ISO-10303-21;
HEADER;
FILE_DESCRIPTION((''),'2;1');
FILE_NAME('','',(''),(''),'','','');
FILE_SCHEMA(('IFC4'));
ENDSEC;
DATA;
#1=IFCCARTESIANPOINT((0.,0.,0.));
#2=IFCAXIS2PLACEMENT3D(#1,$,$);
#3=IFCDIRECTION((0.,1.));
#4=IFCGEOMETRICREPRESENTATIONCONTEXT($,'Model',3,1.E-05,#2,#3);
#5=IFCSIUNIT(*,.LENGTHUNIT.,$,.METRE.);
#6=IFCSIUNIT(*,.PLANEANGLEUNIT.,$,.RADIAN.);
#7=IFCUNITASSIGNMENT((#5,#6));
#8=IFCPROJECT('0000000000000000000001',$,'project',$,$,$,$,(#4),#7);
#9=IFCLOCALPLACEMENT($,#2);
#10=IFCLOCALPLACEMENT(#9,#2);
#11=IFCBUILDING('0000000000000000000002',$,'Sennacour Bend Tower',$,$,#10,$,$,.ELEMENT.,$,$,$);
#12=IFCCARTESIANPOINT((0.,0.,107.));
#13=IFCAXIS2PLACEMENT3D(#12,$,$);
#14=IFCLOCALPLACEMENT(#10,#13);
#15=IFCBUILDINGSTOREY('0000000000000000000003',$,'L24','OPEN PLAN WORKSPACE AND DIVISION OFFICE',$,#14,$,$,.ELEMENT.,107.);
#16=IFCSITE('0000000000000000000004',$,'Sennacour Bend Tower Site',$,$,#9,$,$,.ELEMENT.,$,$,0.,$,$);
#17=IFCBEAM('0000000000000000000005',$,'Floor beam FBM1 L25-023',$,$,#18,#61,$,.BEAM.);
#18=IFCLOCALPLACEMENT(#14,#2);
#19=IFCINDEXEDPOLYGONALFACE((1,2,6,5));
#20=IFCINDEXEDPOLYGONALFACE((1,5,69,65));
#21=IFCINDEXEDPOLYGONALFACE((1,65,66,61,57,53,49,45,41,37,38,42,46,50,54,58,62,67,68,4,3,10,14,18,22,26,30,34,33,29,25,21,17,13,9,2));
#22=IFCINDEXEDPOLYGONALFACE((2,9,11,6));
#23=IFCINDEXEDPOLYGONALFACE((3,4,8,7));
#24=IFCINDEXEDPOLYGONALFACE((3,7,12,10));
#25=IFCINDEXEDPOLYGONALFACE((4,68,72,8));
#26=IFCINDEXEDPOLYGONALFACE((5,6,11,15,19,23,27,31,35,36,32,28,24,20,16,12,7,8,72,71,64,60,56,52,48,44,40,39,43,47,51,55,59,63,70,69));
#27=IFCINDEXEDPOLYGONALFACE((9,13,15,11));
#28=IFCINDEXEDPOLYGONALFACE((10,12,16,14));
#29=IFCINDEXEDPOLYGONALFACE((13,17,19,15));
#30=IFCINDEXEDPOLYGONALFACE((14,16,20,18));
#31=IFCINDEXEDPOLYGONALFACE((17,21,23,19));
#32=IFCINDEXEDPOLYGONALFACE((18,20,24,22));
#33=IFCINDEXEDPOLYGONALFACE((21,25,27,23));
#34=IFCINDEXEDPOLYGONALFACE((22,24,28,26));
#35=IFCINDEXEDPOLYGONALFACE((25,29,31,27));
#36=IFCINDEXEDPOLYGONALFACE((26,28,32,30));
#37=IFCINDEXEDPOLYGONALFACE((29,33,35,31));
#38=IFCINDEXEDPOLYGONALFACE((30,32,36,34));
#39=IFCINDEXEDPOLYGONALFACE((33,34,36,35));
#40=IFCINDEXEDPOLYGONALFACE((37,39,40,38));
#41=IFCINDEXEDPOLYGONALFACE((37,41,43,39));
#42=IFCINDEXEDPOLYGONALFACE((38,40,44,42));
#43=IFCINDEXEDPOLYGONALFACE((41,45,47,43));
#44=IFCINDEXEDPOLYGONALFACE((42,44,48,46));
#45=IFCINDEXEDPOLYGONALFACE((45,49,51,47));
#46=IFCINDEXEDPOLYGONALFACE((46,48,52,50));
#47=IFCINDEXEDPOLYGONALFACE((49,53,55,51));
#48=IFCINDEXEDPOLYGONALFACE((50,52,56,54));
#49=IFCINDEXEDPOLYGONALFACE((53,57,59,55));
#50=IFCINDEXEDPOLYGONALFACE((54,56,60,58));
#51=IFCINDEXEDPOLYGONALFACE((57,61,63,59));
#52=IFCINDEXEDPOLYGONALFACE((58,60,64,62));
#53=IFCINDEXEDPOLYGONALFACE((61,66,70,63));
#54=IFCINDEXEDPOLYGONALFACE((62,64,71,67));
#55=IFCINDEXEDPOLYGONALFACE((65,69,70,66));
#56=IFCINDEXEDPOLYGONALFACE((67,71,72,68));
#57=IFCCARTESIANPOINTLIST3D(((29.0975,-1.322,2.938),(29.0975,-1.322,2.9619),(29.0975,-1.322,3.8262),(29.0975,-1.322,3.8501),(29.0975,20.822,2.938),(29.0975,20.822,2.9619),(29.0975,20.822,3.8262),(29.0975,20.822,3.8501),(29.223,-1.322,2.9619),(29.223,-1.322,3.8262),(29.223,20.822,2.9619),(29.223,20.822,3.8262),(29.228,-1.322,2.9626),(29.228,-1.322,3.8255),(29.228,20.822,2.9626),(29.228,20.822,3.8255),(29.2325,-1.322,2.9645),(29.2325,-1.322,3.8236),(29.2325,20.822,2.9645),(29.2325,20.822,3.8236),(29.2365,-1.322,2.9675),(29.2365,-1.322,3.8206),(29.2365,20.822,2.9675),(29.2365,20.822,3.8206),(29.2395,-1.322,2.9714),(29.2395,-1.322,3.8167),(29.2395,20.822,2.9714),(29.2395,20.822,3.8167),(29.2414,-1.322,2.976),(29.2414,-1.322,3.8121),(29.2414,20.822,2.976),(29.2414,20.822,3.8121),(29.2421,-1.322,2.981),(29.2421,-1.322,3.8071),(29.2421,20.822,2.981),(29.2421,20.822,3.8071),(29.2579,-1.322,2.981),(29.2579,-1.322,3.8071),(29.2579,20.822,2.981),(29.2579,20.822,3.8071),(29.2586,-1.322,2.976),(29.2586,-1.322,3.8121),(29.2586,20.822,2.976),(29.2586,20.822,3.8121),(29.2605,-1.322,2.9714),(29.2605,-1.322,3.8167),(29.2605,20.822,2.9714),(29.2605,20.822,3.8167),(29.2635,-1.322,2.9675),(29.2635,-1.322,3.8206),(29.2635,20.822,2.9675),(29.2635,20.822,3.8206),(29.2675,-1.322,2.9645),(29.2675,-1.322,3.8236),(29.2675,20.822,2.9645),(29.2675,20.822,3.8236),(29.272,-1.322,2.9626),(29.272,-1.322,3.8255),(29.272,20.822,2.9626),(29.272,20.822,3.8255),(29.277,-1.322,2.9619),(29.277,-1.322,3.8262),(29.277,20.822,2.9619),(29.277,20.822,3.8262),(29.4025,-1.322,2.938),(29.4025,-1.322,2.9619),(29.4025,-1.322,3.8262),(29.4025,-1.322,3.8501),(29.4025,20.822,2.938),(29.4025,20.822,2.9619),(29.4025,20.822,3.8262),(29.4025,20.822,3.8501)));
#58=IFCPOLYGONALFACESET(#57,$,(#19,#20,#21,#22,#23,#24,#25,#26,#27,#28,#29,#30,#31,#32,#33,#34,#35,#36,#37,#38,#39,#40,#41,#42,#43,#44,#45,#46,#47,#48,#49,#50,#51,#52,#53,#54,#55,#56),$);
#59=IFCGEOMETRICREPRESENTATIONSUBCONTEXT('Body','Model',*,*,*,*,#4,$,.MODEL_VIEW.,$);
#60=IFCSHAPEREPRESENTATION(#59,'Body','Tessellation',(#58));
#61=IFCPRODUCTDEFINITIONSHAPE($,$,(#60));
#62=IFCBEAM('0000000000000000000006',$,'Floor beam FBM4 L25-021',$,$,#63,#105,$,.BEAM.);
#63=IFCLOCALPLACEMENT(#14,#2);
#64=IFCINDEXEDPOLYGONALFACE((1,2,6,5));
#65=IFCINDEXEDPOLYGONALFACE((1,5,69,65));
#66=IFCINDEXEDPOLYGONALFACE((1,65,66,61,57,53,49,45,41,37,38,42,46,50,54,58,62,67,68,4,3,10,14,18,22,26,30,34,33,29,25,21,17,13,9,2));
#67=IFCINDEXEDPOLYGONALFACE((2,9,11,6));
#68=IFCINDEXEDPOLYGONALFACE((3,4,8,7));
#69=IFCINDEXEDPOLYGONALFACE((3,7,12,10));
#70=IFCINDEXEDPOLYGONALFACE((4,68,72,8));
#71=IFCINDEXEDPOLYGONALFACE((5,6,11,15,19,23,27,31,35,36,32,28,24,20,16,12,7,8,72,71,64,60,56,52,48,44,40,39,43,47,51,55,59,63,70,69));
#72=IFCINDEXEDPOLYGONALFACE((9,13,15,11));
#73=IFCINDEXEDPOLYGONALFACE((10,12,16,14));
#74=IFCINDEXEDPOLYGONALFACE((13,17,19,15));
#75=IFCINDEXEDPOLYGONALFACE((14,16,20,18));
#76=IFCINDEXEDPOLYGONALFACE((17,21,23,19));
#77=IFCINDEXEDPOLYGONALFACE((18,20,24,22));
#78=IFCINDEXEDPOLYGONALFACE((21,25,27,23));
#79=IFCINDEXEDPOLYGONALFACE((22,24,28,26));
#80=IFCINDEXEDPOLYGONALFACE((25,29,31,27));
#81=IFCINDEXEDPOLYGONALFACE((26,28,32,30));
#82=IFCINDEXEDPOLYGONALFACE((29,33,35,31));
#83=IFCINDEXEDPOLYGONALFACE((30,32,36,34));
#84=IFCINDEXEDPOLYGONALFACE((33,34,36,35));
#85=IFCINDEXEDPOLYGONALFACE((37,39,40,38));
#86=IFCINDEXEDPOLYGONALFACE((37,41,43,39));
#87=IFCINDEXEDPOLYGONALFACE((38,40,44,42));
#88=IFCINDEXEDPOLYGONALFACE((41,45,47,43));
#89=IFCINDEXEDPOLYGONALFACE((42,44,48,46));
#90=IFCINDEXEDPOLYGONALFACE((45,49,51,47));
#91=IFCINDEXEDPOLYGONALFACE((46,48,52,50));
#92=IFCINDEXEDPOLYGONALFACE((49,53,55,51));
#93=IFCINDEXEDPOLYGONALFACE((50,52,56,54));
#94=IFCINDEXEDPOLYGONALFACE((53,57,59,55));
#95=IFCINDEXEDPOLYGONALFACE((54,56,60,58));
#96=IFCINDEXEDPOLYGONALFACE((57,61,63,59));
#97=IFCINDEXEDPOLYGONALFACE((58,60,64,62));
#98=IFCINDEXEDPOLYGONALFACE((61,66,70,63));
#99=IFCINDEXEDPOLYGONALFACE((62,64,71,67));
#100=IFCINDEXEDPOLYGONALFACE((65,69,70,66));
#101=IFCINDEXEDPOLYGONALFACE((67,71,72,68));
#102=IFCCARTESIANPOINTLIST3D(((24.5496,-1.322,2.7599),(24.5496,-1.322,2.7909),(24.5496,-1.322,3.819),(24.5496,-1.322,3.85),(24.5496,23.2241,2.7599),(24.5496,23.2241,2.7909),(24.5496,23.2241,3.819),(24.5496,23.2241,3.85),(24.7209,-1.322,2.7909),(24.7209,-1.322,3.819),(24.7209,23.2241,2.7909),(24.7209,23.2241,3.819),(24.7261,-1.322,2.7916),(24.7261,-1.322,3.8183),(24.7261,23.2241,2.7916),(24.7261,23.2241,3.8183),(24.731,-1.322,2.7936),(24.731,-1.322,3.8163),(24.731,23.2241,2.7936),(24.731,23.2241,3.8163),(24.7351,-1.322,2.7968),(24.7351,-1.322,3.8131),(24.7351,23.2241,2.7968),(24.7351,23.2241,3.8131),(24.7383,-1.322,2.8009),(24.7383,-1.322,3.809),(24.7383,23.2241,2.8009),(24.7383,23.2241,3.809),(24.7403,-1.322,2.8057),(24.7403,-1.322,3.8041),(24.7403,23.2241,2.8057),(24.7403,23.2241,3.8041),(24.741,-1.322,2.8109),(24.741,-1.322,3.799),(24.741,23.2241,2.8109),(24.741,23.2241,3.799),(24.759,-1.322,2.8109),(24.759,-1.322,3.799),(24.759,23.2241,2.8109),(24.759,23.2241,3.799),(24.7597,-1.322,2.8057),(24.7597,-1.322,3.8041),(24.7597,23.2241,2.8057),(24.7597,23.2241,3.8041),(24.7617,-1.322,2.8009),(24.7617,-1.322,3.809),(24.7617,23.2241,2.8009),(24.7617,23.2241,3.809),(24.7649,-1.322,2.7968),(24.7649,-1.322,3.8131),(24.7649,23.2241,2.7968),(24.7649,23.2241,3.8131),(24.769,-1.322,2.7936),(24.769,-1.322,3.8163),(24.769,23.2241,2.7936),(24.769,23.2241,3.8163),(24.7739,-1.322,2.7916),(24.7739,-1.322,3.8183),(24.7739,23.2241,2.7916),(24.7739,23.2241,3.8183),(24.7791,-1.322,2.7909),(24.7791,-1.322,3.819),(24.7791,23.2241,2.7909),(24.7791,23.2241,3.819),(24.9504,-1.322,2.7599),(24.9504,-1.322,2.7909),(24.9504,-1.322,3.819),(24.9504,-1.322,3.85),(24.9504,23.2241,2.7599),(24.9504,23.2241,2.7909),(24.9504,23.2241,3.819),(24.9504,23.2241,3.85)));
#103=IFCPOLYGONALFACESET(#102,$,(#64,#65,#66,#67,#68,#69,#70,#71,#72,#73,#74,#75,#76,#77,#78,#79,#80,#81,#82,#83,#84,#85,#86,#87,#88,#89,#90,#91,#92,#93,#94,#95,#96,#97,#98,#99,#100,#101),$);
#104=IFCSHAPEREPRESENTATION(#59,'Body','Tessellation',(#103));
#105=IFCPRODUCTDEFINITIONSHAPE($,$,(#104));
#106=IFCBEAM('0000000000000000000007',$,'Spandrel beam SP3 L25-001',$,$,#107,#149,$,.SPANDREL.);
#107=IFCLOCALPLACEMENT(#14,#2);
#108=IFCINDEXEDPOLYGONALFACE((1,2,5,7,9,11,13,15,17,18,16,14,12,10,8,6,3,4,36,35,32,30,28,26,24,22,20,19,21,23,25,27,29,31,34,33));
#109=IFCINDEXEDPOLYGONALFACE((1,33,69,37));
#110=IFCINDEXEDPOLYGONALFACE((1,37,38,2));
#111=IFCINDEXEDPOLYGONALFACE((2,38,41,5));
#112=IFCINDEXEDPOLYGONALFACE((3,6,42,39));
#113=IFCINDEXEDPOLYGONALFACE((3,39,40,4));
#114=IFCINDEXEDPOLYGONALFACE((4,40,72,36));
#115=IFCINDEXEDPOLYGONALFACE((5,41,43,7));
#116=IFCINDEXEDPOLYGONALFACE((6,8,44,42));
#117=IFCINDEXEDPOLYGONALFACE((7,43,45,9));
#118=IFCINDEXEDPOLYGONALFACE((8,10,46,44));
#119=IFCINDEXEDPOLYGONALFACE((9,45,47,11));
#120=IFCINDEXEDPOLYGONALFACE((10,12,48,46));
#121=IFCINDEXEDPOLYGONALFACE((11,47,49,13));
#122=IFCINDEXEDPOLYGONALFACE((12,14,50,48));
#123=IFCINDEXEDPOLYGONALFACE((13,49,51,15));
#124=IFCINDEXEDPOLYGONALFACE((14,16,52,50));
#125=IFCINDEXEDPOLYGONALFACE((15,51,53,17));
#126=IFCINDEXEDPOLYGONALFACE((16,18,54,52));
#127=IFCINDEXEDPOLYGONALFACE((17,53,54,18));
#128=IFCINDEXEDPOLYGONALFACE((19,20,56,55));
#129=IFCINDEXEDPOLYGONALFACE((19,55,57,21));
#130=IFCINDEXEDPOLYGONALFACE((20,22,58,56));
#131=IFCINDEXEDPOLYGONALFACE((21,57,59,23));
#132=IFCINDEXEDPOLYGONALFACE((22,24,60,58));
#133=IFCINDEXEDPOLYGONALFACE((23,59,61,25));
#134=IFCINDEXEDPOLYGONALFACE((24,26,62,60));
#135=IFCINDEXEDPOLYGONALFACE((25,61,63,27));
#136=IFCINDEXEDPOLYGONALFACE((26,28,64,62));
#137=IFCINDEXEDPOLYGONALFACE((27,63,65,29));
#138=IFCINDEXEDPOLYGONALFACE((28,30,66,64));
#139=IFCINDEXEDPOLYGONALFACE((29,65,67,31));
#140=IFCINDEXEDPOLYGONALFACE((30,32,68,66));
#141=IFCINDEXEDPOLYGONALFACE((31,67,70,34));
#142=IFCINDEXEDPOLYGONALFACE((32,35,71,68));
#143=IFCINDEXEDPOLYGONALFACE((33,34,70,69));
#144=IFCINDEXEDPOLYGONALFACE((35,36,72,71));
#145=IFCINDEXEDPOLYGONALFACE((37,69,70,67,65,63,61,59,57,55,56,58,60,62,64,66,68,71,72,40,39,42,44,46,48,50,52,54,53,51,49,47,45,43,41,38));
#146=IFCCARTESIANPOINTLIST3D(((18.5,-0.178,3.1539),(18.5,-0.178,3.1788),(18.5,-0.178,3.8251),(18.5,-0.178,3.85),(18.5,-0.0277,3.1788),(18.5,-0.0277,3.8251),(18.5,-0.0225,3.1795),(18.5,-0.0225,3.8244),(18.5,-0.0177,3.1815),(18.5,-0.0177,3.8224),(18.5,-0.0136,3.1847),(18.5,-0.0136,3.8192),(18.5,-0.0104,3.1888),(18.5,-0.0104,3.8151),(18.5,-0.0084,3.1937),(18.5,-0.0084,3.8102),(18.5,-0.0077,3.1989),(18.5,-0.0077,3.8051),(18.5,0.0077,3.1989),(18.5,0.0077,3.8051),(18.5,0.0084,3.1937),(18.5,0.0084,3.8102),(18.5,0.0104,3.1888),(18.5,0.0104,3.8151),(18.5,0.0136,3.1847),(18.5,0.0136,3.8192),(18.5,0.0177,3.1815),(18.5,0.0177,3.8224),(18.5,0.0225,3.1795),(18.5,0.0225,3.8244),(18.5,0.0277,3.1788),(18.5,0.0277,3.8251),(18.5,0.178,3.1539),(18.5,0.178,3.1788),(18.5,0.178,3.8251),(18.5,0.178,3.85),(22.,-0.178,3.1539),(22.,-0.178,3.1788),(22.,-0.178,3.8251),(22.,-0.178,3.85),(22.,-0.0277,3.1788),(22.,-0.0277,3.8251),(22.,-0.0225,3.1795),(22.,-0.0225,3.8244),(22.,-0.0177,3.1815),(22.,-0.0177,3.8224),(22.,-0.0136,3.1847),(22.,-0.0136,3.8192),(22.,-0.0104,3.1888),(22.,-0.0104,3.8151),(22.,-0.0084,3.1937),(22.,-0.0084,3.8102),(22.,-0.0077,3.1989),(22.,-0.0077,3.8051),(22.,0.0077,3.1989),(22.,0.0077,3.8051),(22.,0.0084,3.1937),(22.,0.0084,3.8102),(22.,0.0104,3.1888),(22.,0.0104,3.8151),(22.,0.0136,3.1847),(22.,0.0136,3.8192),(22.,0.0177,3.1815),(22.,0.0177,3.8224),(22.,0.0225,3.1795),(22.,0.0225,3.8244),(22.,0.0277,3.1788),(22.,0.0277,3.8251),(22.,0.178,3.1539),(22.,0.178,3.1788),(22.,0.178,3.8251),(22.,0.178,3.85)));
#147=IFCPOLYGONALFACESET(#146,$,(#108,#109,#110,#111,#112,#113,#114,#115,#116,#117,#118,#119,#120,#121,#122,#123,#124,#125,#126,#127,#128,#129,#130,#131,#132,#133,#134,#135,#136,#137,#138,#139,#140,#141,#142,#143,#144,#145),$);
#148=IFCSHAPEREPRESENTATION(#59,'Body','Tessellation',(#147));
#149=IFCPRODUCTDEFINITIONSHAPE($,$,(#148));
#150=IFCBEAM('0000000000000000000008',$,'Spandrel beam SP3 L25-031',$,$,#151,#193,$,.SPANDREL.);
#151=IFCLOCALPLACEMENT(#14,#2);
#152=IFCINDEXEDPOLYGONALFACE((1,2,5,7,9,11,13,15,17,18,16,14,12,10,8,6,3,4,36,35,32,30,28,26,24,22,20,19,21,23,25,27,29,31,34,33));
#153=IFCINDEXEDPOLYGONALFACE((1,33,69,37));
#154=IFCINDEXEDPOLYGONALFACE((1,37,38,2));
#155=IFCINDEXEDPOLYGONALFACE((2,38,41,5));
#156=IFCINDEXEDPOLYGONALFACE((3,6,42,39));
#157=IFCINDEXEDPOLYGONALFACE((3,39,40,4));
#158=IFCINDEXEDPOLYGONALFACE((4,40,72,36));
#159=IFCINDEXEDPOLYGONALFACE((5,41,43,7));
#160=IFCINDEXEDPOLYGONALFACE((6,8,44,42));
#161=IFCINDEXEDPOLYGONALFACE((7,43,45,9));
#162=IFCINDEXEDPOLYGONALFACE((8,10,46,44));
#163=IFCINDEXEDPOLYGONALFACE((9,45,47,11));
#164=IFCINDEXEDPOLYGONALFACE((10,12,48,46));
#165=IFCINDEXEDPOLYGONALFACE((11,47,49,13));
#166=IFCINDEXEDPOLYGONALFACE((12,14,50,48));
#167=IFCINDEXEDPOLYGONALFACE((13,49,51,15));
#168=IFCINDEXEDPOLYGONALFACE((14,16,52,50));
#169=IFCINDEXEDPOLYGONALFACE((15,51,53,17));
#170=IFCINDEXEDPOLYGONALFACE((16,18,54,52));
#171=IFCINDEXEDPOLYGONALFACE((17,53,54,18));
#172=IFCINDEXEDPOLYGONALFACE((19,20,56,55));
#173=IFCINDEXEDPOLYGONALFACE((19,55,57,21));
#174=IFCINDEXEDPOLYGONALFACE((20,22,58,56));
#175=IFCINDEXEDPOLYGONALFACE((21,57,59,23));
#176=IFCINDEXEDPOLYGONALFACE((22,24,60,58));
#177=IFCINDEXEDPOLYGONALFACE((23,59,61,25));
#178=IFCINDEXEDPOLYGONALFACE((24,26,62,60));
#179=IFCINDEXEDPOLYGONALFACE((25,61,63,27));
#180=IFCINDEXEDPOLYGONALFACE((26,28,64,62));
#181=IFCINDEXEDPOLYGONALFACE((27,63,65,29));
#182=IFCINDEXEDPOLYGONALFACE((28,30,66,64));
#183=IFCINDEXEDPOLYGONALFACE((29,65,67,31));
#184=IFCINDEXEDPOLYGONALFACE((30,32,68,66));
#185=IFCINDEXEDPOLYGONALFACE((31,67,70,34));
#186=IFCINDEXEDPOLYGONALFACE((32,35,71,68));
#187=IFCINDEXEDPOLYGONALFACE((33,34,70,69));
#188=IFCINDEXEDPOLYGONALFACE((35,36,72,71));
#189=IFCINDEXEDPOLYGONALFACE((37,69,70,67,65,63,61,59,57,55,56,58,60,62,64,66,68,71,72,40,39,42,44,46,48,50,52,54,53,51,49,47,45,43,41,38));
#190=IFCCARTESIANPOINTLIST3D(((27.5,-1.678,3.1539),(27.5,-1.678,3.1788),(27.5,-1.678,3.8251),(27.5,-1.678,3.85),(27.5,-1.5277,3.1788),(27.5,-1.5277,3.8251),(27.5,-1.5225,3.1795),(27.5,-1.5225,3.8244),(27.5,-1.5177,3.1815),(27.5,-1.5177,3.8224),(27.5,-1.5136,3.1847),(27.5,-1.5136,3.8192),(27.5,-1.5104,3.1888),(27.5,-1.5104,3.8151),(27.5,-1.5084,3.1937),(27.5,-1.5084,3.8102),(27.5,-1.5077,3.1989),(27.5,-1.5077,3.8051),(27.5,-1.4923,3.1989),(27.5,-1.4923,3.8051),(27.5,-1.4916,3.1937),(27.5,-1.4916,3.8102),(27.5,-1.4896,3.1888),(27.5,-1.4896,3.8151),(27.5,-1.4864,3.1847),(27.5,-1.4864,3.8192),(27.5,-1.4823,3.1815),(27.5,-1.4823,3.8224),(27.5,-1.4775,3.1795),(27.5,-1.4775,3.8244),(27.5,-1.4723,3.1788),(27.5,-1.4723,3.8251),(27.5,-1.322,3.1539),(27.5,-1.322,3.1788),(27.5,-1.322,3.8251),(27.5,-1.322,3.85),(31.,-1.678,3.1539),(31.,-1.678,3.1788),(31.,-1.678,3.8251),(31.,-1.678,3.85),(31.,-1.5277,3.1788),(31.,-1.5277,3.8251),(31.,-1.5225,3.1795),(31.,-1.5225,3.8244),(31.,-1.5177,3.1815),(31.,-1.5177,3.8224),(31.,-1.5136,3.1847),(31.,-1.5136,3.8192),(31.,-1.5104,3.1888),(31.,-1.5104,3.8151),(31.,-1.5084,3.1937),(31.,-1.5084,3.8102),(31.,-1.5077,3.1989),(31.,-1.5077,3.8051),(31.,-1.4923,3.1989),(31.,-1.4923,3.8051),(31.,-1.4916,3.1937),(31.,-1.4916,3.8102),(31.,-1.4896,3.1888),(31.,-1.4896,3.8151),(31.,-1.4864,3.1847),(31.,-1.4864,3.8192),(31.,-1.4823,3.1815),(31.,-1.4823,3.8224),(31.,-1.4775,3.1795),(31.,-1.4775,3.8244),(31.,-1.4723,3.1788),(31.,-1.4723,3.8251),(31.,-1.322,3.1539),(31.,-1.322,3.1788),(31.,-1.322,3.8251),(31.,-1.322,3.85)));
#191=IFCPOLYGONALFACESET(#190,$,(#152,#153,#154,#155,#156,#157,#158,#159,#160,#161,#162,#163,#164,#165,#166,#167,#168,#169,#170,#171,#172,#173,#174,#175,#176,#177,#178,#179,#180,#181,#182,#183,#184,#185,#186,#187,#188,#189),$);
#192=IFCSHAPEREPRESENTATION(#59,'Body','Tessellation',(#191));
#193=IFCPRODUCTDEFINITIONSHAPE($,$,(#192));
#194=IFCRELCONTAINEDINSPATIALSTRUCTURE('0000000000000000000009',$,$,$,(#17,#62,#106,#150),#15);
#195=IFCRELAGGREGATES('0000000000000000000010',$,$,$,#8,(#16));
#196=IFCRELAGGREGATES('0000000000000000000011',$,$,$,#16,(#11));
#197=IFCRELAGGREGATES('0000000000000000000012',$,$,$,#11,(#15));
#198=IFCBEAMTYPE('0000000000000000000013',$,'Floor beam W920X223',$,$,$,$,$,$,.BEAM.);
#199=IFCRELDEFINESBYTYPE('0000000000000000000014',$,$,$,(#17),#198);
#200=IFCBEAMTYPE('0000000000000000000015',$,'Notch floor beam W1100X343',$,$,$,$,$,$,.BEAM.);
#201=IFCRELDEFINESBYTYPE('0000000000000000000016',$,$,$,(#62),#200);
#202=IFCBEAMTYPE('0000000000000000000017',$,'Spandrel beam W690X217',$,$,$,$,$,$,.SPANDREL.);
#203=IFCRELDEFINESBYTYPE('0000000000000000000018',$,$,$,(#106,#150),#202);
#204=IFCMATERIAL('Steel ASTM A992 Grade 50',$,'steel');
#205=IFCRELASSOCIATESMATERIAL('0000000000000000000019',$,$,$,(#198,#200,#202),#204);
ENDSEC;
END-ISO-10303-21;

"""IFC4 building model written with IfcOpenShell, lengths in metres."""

from ifc_helpers import new_model, si_unit, direction, frame, origin, origin_2d, place, context, subcontext, project, spatial, i_section, extrude, material, material_profile, profile_set, type_object, element, save


model = new_model("IFC4")

# Units and contexts
model_context = context("Model", 3, precision=1e-05, world=origin(), true_north=direction((0.0, 1.0)))
body_context = subcontext(model_context, "Body", "Model", "MODEL_VIEW")
ifc_project = project(units=[si_unit("LENGTHUNIT", "METRE"), si_unit("PLANEANGLEUNIT", "RADIAN")], contexts=[model_context])

# Site, building, storey
site_placement = place(None, origin())
site = spatial("IfcSite", under=ifc_project, at=site_placement, Name="Sennacour Bend Tower Site", CompositionType="ELEMENT", RefElevation=0.0)
building_placement = place(site_placement, origin())
building = spatial("IfcBuilding", under=site, at=building_placement, Name="Sennacour Bend Tower", CompositionType="ELEMENT")
storey_placement = place(building_placement, frame((0.0, 0.0, 107.0)))
storey = spatial("IfcBuildingStorey", under=building, at=storey_placement, Name="L24", Description="OPEN PLAN WORKSPACE AND DIVISION OFFICE", CompositionType="ELEMENT", Elevation=107.0)

# Beams
ifc_material_1 = material(Name="Steel ASTM A992 Grade 50", Category="steel")
ifc_material_profile_1 = material_profile(ifc_material_1, i_section(OverallWidth=0.3049, OverallDepth=0.9121, WebThickness=0.0159, FlangeThickness=0.0239, FilletRadius=0.019, at=origin_2d()), Name="Steel ASTM A992 Grade 50", Category="steel")
ifc_profile_set_1 = profile_set([ifc_material_profile_1], Name="Steel ASTM A992 Grade 50")
beam_type_1 = type_object("IfcBeamType", Name="Floor beam W920X223", PredefinedType="BEAM", material=ifc_profile_set_1)
beam_1_placement = place(storey_placement, frame((29.25, -1.322, 3.394), z_axis=(0.0, 1.0, 0.0), x_axis=(-1.0, 0.0, 0.0)))
element("IfcBeam", 1, at=beam_1_placement, inside=storey, type_object=beam_type_1, Name="Floor beam FBM1 L25-023", PredefinedType="BEAM", context=body_context, shape_type="SweptSolid", body=[
    extrude(i_section(OverallWidth=0.3049, OverallDepth=0.9121, WebThickness=0.0159, FlangeThickness=0.0239, FilletRadius=0.019, at=origin_2d()), origin(), (0.0, 0.0, 1.0), 22.144),
])
ifc_material_profile_2 = material_profile(ifc_material_1, i_section(OverallWidth=0.4009, OverallDepth=1.0901, WebThickness=0.0181, FlangeThickness=0.031, FilletRadius=0.02, at=origin_2d()), Name="Steel ASTM A992 Grade 50", Category="steel")
ifc_profile_set_2 = profile_set([ifc_material_profile_2], Name="Steel ASTM A992 Grade 50")
beam_type_2 = type_object("IfcBeamType", Name="Notch floor beam W1100X343", PredefinedType="BEAM", material=ifc_profile_set_2)
beam_2_placement = place(storey_placement, frame((24.75, -1.322, 3.3049), z_axis=(0.0, 1.0, 0.0), x_axis=(-1.0, 0.0, 0.0)))
element("IfcBeam", 2, at=beam_2_placement, inside=storey, type_object=beam_type_2, Name="Floor beam FBM4 L25-021", PredefinedType="BEAM", context=body_context, shape_type="SweptSolid", body=[
    extrude(i_section(OverallWidth=0.4009, OverallDepth=1.0901, WebThickness=0.0181, FlangeThickness=0.031, FilletRadius=0.02, at=origin_2d()), origin(), (0.0, 0.0, 1.0), 24.5461),
])
ifc_material_profile_3 = material_profile(ifc_material_1, i_section(OverallWidth=0.356, OverallDepth=0.696, WebThickness=0.0154, FlangeThickness=0.0249, FilletRadius=0.02, at=origin_2d()), Name="Steel ASTM A992 Grade 50", Category="steel")
ifc_profile_set_3 = profile_set([ifc_material_profile_3], Name="Steel ASTM A992 Grade 50")
beam_type_3 = type_object("IfcBeamType", Name="Spandrel beam W690X217", PredefinedType="SPANDREL", material=ifc_profile_set_3)
for number, where, z_axis, x_axis, name in (
    (3, (22.0, 0.0, 3.502), (-1.0, 0.0, 0.0), (0.0, -1.0, 0.0), "Spandrel beam SP3 L25-001"),
    (4, (31.0, -1.5, 3.502), (-1.0, 0.0, 0.0), (0.0, -1.0, 0.0), "Spandrel beam SP3 L25-031"),
):
    element("IfcBeam", number, at=place(storey_placement, frame(where, z_axis=z_axis, x_axis=x_axis)), inside=storey, type_object=beam_type_3, Name=name, PredefinedType="SPANDREL", context=body_context, shape_type="SweptSolid", body=[
        extrude(i_section(OverallWidth=0.356, OverallDepth=0.696, WebThickness=0.0154, FlangeThickness=0.0249, FilletRadius=0.02, at=origin_2d()), origin(), (0.0, 0.0, 1.0), 3.5),
    ])

save(model, "model.ifc")
